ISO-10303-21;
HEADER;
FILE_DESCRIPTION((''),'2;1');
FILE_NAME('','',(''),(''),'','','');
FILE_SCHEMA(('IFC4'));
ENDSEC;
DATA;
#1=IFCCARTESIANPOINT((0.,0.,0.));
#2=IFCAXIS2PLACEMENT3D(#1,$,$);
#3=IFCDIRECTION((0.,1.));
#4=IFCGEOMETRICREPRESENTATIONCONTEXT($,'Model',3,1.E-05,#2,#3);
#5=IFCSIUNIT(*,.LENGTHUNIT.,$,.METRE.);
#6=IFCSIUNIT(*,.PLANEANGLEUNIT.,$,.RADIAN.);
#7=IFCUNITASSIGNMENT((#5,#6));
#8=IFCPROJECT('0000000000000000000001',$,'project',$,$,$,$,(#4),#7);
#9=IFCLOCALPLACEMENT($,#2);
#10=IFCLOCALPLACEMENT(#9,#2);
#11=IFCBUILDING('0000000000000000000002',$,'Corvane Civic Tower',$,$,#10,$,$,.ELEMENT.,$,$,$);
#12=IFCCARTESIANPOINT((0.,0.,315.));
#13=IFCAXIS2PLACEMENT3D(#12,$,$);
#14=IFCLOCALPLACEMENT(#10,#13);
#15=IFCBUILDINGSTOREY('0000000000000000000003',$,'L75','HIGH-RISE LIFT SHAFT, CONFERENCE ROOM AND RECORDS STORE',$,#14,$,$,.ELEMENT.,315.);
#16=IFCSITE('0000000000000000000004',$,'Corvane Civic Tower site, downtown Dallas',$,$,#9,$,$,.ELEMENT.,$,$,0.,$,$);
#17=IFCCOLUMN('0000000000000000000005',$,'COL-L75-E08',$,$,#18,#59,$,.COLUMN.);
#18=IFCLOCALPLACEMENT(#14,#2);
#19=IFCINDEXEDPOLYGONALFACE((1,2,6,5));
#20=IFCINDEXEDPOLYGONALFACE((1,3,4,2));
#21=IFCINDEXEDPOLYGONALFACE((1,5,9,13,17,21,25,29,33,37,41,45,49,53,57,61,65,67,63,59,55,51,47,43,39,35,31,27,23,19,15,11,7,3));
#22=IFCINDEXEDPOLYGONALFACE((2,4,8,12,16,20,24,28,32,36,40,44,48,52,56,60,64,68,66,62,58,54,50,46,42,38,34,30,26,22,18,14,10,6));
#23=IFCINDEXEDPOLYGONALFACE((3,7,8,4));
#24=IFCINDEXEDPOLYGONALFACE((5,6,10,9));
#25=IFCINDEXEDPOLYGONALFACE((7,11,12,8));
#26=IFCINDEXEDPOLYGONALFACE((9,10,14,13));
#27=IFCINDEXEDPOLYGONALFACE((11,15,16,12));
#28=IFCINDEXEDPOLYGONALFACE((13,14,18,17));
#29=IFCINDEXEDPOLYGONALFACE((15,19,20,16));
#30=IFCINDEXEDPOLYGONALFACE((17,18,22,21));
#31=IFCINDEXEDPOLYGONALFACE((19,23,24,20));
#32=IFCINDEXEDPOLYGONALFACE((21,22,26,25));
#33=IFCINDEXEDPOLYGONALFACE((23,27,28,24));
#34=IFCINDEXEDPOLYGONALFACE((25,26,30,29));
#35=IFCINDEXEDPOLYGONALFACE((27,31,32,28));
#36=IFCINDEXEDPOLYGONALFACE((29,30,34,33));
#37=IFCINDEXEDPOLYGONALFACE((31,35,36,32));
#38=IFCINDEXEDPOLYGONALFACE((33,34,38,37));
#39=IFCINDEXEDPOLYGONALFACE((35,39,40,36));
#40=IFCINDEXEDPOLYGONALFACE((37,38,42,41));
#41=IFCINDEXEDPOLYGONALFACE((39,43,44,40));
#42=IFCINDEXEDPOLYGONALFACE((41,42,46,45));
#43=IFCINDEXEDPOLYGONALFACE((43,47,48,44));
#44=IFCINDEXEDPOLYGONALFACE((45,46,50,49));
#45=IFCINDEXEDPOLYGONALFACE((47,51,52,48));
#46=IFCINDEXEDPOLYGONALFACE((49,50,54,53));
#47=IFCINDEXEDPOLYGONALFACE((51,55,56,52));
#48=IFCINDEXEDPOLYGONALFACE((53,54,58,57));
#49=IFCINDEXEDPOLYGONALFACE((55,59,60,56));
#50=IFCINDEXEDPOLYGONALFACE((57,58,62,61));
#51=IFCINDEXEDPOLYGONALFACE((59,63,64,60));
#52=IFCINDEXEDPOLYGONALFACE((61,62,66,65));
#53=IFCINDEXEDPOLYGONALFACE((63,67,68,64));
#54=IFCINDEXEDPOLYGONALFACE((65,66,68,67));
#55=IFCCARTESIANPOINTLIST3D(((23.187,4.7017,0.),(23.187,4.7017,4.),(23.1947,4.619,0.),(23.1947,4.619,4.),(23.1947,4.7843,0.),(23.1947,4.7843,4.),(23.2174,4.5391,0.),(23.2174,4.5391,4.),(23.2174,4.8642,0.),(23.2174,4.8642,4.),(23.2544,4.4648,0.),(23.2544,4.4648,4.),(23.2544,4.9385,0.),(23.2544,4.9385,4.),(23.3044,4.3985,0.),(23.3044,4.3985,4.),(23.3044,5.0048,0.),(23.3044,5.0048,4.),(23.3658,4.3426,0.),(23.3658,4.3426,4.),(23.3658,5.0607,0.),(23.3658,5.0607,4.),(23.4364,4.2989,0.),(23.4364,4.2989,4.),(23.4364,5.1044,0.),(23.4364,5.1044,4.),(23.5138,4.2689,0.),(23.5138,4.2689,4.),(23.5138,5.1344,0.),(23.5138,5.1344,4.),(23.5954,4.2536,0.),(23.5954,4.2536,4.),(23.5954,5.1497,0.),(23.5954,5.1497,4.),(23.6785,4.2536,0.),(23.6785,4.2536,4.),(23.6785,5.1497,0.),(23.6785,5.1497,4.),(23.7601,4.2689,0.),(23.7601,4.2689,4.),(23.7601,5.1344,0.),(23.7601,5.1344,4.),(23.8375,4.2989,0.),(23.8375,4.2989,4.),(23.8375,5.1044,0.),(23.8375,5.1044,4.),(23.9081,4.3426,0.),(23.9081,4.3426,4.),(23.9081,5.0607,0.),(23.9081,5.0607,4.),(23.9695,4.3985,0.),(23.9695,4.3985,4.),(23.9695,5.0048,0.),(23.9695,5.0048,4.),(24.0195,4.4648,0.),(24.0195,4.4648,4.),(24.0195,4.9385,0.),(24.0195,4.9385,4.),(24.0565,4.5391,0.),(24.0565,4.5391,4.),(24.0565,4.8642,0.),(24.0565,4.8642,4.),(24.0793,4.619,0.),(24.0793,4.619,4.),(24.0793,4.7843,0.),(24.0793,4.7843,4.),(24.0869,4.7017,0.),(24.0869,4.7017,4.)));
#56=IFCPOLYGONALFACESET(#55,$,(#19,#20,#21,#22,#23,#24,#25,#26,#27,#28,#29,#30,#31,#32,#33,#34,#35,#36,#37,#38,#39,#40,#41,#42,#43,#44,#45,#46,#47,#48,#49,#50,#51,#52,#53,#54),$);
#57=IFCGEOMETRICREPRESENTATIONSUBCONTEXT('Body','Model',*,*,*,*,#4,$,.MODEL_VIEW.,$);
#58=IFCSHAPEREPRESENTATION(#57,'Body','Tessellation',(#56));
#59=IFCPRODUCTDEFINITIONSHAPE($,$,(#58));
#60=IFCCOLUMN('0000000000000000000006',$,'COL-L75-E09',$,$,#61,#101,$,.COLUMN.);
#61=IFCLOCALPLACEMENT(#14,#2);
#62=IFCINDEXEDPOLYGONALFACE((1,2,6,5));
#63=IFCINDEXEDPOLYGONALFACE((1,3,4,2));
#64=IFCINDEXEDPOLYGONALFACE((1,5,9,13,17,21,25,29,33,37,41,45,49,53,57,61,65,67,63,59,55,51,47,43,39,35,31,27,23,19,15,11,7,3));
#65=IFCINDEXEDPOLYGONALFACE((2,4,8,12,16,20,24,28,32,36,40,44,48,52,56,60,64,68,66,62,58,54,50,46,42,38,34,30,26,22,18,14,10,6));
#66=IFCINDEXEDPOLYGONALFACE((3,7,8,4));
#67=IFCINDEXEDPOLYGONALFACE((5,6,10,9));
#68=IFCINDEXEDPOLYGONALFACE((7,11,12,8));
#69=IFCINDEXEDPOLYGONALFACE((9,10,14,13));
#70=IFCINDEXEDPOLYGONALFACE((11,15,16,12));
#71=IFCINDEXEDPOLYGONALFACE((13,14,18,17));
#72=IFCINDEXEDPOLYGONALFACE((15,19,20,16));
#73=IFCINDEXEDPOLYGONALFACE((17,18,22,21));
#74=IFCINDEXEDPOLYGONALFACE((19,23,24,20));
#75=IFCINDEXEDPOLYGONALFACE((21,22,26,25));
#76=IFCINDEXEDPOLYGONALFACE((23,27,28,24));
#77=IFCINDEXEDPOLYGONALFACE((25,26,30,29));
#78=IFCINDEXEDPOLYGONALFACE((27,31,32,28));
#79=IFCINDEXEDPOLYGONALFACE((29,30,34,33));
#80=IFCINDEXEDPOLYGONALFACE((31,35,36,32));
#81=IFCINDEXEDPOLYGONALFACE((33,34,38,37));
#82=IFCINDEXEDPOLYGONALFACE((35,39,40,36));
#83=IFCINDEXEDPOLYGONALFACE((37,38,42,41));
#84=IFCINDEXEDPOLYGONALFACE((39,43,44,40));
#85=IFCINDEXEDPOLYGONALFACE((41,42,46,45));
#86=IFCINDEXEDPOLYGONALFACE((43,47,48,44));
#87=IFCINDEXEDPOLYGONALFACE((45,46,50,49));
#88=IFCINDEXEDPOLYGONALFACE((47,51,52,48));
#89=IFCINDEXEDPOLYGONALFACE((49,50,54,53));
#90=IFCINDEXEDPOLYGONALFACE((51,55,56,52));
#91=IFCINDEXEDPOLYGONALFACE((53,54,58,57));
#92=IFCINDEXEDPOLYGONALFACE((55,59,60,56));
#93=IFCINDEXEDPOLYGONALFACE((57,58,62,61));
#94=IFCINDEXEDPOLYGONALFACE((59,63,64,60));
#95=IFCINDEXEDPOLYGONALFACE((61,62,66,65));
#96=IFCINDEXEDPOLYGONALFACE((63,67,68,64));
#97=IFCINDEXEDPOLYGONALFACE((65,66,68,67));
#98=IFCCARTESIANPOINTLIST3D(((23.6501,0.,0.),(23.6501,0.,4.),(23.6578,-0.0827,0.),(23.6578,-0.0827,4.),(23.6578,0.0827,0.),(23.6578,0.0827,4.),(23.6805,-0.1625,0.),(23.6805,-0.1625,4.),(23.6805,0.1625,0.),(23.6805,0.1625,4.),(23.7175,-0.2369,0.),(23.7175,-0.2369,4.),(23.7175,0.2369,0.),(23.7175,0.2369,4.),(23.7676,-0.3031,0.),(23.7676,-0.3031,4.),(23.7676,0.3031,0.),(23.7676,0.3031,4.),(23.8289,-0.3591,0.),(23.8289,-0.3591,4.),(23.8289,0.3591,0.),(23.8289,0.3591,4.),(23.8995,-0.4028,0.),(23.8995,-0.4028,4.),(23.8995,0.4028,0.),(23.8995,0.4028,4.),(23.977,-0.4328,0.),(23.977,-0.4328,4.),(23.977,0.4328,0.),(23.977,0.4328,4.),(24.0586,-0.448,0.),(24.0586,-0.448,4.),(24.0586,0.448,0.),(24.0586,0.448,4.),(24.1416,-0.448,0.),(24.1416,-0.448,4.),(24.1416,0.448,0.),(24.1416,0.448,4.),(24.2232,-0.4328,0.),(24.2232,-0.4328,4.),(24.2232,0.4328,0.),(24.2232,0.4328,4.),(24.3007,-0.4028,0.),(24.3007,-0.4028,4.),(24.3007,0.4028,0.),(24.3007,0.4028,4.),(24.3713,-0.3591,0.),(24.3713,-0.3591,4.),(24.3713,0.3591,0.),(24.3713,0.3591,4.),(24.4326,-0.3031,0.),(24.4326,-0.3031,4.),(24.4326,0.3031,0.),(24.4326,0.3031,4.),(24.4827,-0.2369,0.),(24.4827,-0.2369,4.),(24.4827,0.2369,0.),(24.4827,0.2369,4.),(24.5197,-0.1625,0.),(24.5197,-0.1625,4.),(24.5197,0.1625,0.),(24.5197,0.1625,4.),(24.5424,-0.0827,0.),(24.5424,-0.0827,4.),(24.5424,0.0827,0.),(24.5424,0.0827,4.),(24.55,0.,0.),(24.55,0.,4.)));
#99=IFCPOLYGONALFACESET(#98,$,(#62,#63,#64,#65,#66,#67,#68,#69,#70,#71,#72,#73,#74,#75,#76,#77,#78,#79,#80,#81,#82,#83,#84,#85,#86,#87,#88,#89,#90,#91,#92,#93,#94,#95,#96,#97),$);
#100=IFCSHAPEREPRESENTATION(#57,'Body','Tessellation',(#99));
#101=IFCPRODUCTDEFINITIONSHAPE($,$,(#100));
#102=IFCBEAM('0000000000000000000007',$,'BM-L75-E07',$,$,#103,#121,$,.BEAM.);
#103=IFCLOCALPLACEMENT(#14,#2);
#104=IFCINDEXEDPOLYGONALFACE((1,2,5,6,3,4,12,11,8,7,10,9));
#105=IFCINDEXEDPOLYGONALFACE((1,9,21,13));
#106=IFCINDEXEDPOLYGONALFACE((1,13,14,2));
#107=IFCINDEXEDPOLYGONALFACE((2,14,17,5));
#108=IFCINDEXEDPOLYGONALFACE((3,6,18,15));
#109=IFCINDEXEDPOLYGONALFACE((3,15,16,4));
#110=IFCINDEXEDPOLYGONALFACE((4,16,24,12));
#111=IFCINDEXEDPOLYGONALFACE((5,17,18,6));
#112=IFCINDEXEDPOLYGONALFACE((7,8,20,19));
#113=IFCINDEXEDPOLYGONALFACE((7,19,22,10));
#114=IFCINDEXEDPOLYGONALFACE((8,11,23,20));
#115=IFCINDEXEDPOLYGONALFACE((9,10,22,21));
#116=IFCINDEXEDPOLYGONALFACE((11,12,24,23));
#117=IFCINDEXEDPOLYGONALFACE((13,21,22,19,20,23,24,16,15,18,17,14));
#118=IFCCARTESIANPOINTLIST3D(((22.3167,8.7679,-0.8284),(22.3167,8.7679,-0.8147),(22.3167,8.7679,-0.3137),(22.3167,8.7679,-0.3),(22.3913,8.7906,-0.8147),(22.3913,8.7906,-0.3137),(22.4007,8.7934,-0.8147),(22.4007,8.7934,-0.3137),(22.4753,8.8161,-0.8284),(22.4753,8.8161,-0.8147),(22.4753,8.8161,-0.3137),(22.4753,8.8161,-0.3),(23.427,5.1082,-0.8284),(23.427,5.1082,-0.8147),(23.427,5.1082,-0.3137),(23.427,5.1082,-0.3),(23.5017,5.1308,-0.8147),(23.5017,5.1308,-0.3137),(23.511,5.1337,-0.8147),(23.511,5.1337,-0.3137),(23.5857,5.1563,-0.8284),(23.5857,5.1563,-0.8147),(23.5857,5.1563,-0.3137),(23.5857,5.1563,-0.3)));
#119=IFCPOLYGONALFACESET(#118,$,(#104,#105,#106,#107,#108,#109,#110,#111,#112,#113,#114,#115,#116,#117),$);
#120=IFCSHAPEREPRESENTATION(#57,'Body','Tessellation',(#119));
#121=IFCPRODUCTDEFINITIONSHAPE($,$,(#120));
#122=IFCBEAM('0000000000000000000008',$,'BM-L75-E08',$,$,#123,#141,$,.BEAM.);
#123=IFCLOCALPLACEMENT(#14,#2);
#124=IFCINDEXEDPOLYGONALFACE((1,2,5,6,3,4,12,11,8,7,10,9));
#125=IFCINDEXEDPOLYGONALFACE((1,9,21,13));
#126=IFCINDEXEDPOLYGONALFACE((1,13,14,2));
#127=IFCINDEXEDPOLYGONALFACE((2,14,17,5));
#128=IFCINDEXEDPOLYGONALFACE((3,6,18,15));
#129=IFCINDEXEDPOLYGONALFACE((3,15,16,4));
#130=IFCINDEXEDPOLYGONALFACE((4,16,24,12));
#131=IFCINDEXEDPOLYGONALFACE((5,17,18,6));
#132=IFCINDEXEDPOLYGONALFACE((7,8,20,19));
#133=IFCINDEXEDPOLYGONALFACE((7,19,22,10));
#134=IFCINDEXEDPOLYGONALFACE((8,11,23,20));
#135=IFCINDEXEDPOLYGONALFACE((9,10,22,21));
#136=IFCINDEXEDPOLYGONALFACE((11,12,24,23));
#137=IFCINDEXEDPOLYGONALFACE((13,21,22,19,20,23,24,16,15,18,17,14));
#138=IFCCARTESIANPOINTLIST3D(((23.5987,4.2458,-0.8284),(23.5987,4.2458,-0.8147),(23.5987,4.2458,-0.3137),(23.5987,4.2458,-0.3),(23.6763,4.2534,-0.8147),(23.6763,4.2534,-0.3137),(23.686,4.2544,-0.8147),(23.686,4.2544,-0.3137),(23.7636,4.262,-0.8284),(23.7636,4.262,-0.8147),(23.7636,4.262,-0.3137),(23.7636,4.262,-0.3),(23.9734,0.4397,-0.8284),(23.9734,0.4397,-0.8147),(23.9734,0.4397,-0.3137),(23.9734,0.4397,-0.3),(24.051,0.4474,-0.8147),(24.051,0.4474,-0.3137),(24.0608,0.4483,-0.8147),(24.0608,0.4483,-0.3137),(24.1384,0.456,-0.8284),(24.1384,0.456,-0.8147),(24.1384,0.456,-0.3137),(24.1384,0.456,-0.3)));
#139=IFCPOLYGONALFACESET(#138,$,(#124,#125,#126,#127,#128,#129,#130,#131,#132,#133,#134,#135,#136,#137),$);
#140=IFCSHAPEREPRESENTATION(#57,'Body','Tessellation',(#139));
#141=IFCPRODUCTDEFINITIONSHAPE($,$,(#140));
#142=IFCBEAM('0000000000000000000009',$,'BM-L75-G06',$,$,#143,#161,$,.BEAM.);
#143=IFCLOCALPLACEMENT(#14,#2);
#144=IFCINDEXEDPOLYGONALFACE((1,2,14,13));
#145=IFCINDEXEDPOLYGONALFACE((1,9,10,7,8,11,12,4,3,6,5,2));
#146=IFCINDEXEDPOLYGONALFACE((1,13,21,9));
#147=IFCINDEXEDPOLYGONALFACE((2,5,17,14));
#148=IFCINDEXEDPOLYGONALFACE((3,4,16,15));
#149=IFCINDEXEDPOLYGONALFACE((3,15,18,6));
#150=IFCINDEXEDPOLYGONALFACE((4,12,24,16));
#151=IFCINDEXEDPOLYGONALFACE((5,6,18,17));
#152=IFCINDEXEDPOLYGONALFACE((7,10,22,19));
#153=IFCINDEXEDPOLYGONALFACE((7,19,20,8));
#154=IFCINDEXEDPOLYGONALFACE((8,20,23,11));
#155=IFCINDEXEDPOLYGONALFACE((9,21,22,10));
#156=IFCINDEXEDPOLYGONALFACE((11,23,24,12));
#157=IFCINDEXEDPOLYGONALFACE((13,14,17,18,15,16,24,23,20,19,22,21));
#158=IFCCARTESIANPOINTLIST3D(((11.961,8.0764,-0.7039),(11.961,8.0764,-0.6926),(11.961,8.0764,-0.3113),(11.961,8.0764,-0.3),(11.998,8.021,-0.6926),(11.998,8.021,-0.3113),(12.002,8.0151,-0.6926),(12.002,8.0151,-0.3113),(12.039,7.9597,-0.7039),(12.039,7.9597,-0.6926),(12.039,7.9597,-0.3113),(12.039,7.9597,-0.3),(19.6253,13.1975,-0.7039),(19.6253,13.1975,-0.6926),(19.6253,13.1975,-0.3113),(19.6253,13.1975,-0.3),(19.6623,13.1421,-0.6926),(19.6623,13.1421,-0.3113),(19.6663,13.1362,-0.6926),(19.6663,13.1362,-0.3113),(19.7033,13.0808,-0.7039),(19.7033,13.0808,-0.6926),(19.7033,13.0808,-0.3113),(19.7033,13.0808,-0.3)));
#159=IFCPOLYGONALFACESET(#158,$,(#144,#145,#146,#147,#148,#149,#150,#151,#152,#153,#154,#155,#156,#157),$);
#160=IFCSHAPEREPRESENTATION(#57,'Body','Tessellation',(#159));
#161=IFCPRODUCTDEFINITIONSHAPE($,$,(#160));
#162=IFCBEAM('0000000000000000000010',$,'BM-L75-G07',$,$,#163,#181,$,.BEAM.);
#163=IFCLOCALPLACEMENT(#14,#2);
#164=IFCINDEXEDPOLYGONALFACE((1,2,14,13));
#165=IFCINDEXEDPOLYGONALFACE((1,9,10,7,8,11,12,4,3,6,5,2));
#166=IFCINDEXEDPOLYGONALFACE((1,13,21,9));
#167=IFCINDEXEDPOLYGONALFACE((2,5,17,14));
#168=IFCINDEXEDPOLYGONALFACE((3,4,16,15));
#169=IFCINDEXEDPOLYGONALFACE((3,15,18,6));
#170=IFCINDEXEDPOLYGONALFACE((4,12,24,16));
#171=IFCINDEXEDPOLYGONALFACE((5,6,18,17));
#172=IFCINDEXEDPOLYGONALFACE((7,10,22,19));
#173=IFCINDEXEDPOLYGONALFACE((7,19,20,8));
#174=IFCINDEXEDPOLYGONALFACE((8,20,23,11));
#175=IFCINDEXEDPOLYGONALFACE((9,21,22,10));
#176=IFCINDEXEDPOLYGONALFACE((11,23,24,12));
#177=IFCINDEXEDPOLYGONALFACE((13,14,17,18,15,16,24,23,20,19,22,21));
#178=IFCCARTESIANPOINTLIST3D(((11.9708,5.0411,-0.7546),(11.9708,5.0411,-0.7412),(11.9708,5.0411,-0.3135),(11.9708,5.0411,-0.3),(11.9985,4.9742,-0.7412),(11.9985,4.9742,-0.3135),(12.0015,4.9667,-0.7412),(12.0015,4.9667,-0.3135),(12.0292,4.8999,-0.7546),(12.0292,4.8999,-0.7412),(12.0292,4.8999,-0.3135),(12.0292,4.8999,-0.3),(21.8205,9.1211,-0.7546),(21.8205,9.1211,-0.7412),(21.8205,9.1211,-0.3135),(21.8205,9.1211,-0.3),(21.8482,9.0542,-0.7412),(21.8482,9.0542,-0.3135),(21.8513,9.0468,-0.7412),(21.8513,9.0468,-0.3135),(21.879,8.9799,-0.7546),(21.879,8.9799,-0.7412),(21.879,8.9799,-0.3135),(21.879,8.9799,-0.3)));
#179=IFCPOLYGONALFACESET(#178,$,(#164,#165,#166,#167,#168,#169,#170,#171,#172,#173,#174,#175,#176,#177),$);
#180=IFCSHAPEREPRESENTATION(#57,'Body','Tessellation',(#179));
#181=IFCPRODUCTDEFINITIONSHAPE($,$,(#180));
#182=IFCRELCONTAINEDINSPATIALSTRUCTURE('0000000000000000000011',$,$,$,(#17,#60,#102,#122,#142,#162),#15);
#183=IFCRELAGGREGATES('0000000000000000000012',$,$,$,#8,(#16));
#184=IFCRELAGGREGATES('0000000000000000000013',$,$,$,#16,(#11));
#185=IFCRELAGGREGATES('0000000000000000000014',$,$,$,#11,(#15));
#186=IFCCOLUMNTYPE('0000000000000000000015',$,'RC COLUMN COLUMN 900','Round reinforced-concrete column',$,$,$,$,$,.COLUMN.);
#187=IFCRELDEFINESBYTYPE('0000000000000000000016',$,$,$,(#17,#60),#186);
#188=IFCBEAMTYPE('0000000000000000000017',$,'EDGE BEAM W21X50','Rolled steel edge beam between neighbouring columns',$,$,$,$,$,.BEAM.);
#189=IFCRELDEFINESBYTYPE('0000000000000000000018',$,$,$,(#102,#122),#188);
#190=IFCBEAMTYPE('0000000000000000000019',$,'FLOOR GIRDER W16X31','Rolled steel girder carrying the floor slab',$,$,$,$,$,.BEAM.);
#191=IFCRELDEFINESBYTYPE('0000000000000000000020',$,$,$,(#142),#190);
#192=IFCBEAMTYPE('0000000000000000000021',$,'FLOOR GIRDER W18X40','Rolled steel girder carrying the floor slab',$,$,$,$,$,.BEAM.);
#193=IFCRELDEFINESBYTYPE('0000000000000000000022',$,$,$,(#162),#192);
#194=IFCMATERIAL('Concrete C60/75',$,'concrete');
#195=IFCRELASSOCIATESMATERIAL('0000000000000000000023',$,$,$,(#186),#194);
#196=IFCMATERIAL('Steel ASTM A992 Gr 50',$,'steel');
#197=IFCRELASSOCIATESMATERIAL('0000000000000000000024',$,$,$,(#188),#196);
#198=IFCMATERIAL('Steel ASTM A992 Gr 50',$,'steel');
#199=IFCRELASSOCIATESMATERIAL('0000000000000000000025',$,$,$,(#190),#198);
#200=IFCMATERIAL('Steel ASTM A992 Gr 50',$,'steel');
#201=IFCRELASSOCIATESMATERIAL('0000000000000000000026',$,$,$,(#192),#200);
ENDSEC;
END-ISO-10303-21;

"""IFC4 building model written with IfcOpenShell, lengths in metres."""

from ifc_helpers import new_model, si_unit, direction, frame, origin, origin_2d, place, context, subcontext, project, spatial, circle, i_section, extrude, material, material_profile, profile_set, type_object, element, save


model = new_model("IFC4")

# Units and contexts
model_context = context("Model", 3, precision=1e-05, world=origin(), true_north=direction((0.0, 1.0)))
body_context = subcontext(model_context, "Body", "Model", "MODEL_VIEW")
ifc_project = project(units=[si_unit("LENGTHUNIT", "METRE"), si_unit("PLANEANGLEUNIT", "RADIAN")], contexts=[model_context])

# Site, building, storey
site_placement = place(None, origin())
site = spatial("IfcSite", under=ifc_project, at=site_placement, Name="Corvane Civic Tower site, downtown Dallas", CompositionType="ELEMENT", RefElevation=0.0)
building_placement = place(site_placement, origin())
building = spatial("IfcBuilding", under=site, at=building_placement, Name="Corvane Civic Tower", CompositionType="ELEMENT")
storey_placement = place(building_placement, frame((0.0, 0.0, 315.0)))
storey = spatial("IfcBuildingStorey", under=building, at=storey_placement, Name="L75", Description="HIGH-RISE LIFT SHAFT, CONFERENCE ROOM AND RECORDS STORE", CompositionType="ELEMENT", Elevation=315.0)

# Columns
ifc_material_1 = material(Name="Concrete C60/75", Category="concrete")
ifc_material_profile_1 = material_profile(ifc_material_1, circle(Radius=0.45, at=origin_2d()), Name="COLUMN 900")
ifc_profile_set_1 = profile_set([ifc_material_profile_1], Name="Concrete C60/75")
column_type = type_object("IfcColumnType", Name="RC COLUMN COLUMN 900", Description="Round reinforced-concrete column", PredefinedType="COLUMN", material=ifc_profile_set_1)
for number, where, z_axis, x_axis, name in (
    (1, (23.637, 4.7017, 0.0), (0.0, 0.0, 1.0), (1.0, 0.0, 0.0), "COL-L75-E08"),
    (2, (24.1001, 0.0, 0.0), (0.0, 0.0, 1.0), (1.0, 0.0, 0.0), "COL-L75-E09"),
):
    element("IfcColumn", number, at=place(storey_placement, frame(where, z_axis=z_axis, x_axis=x_axis)), inside=storey, type_object=column_type, Name=name, PredefinedType="COLUMN", context=body_context, shape_type="SweptSolid", body=[
        extrude(circle(Radius=0.45, at=origin_2d()), origin(), (0.0, 0.0, 1.0), 4.0),
    ])

# Beams
ifc_material_2 = material(Name="Steel ASTM A992 Gr 50", Category="steel")
ifc_material_profile_2 = material_profile(ifc_material_2, i_section(OverallWidth=0.1658, OverallDepth=0.5283, WebThickness=0.0098, FlangeThickness=0.0137, at=origin_2d()), Name="W21X50")
ifc_profile_set_2 = profile_set([ifc_material_profile_2], Name="Steel ASTM A992 Gr 50")
beam_type_1 = type_object("IfcBeamType", Name="EDGE BEAM W21X50", Description="Rolled steel edge beam between neighbouring columns", PredefinedType="BEAM", material=ifc_profile_set_2)
for number, where, z_axis, x_axis, name in (
    (3, (22.396, 8.792, -0.5642), (0.290333, -0.956926, 0.0), (0.956926, 0.290333, 0.0), "BM-L75-E07"),
    (4, (23.6812, 4.2539, -0.5642), (0.097987, -0.995188, 0.0), (0.995188, 0.097987, 0.0), "BM-L75-E08"),
):
    element("IfcBeam", number, at=place(storey_placement, frame(where, z_axis=z_axis, x_axis=x_axis)), inside=storey, type_object=beam_type_1, Name=name, PredefinedType="BEAM", context=body_context, shape_type="SweptSolid", body=[
        extrude(i_section(OverallWidth=0.1658, OverallDepth=0.5283, WebThickness=0.0098, FlangeThickness=0.0137, at=origin_2d()), origin(), (0.0, 0.0, 1.0), 3.8245),
    ])
ifc_material_3 = material(Name="Steel ASTM A992 Gr 50", Category="steel")
ifc_material_profile_3 = material_profile(ifc_material_3, i_section(OverallWidth=0.1404, OverallDepth=0.4038, WebThickness=0.0071, FlangeThickness=0.0112, at=origin_2d()), Name="W16X31")
ifc_profile_set_3 = profile_set([ifc_material_profile_3], Name="Steel ASTM A992 Gr 50")
beam_type_2 = type_object("IfcBeamType", Name="FLOOR GIRDER W16X31", Description="Rolled steel girder carrying the floor slab", PredefinedType="BEAM", material=ifc_profile_set_3)
beam_1_placement = place(storey_placement, frame((12.0, 8.0181, -0.502), z_axis=(0.831471, 0.555568, 0.0), x_axis=(-0.555568, 0.831471, 0.0)))
element("IfcBeam", 5, at=beam_1_placement, inside=storey, type_object=beam_type_2, Name="BM-L75-G06", PredefinedType="BEAM", context=body_context, shape_type="SweptSolid", body=[
    extrude(i_section(OverallWidth=0.1404, OverallDepth=0.4038, WebThickness=0.0071, FlangeThickness=0.0112, at=origin_2d()), origin(), (0.0, 0.0, 1.0), 9.2178),
])
ifc_material_4 = material(Name="Steel ASTM A992 Gr 50", Category="steel")
ifc_material_profile_4 = material_profile(ifc_material_4, i_section(OverallWidth=0.1528, OverallDepth=0.4546, WebThickness=0.0081, FlangeThickness=0.0134, at=origin_2d()), Name="W18X40")
ifc_profile_set_4 = profile_set([ifc_material_profile_4], Name="Steel ASTM A992 Gr 50")
beam_type_3 = type_object("IfcBeamType", Name="FLOOR GIRDER W18X40", Description="Rolled steel girder carrying the floor slab", PredefinedType="BEAM", material=ifc_profile_set_4)
beam_2_placement = place(storey_placement, frame((12.0, 4.9705, -0.5273), z_axis=(0.923875, 0.382694, 0.0), x_axis=(-0.382694, 0.923875, 0.0)))
element("IfcBeam", 6, at=beam_2_placement, inside=storey, type_object=beam_type_3, Name="BM-L75-G07", PredefinedType="BEAM", context=body_context, shape_type="SweptSolid", body=[
    extrude(i_section(OverallWidth=0.1528, OverallDepth=0.4546, WebThickness=0.0081, FlangeThickness=0.0134, at=origin_2d()), origin(), (0.0, 0.0, 1.0), 10.6614),
])

save(model, "model.ifc")
